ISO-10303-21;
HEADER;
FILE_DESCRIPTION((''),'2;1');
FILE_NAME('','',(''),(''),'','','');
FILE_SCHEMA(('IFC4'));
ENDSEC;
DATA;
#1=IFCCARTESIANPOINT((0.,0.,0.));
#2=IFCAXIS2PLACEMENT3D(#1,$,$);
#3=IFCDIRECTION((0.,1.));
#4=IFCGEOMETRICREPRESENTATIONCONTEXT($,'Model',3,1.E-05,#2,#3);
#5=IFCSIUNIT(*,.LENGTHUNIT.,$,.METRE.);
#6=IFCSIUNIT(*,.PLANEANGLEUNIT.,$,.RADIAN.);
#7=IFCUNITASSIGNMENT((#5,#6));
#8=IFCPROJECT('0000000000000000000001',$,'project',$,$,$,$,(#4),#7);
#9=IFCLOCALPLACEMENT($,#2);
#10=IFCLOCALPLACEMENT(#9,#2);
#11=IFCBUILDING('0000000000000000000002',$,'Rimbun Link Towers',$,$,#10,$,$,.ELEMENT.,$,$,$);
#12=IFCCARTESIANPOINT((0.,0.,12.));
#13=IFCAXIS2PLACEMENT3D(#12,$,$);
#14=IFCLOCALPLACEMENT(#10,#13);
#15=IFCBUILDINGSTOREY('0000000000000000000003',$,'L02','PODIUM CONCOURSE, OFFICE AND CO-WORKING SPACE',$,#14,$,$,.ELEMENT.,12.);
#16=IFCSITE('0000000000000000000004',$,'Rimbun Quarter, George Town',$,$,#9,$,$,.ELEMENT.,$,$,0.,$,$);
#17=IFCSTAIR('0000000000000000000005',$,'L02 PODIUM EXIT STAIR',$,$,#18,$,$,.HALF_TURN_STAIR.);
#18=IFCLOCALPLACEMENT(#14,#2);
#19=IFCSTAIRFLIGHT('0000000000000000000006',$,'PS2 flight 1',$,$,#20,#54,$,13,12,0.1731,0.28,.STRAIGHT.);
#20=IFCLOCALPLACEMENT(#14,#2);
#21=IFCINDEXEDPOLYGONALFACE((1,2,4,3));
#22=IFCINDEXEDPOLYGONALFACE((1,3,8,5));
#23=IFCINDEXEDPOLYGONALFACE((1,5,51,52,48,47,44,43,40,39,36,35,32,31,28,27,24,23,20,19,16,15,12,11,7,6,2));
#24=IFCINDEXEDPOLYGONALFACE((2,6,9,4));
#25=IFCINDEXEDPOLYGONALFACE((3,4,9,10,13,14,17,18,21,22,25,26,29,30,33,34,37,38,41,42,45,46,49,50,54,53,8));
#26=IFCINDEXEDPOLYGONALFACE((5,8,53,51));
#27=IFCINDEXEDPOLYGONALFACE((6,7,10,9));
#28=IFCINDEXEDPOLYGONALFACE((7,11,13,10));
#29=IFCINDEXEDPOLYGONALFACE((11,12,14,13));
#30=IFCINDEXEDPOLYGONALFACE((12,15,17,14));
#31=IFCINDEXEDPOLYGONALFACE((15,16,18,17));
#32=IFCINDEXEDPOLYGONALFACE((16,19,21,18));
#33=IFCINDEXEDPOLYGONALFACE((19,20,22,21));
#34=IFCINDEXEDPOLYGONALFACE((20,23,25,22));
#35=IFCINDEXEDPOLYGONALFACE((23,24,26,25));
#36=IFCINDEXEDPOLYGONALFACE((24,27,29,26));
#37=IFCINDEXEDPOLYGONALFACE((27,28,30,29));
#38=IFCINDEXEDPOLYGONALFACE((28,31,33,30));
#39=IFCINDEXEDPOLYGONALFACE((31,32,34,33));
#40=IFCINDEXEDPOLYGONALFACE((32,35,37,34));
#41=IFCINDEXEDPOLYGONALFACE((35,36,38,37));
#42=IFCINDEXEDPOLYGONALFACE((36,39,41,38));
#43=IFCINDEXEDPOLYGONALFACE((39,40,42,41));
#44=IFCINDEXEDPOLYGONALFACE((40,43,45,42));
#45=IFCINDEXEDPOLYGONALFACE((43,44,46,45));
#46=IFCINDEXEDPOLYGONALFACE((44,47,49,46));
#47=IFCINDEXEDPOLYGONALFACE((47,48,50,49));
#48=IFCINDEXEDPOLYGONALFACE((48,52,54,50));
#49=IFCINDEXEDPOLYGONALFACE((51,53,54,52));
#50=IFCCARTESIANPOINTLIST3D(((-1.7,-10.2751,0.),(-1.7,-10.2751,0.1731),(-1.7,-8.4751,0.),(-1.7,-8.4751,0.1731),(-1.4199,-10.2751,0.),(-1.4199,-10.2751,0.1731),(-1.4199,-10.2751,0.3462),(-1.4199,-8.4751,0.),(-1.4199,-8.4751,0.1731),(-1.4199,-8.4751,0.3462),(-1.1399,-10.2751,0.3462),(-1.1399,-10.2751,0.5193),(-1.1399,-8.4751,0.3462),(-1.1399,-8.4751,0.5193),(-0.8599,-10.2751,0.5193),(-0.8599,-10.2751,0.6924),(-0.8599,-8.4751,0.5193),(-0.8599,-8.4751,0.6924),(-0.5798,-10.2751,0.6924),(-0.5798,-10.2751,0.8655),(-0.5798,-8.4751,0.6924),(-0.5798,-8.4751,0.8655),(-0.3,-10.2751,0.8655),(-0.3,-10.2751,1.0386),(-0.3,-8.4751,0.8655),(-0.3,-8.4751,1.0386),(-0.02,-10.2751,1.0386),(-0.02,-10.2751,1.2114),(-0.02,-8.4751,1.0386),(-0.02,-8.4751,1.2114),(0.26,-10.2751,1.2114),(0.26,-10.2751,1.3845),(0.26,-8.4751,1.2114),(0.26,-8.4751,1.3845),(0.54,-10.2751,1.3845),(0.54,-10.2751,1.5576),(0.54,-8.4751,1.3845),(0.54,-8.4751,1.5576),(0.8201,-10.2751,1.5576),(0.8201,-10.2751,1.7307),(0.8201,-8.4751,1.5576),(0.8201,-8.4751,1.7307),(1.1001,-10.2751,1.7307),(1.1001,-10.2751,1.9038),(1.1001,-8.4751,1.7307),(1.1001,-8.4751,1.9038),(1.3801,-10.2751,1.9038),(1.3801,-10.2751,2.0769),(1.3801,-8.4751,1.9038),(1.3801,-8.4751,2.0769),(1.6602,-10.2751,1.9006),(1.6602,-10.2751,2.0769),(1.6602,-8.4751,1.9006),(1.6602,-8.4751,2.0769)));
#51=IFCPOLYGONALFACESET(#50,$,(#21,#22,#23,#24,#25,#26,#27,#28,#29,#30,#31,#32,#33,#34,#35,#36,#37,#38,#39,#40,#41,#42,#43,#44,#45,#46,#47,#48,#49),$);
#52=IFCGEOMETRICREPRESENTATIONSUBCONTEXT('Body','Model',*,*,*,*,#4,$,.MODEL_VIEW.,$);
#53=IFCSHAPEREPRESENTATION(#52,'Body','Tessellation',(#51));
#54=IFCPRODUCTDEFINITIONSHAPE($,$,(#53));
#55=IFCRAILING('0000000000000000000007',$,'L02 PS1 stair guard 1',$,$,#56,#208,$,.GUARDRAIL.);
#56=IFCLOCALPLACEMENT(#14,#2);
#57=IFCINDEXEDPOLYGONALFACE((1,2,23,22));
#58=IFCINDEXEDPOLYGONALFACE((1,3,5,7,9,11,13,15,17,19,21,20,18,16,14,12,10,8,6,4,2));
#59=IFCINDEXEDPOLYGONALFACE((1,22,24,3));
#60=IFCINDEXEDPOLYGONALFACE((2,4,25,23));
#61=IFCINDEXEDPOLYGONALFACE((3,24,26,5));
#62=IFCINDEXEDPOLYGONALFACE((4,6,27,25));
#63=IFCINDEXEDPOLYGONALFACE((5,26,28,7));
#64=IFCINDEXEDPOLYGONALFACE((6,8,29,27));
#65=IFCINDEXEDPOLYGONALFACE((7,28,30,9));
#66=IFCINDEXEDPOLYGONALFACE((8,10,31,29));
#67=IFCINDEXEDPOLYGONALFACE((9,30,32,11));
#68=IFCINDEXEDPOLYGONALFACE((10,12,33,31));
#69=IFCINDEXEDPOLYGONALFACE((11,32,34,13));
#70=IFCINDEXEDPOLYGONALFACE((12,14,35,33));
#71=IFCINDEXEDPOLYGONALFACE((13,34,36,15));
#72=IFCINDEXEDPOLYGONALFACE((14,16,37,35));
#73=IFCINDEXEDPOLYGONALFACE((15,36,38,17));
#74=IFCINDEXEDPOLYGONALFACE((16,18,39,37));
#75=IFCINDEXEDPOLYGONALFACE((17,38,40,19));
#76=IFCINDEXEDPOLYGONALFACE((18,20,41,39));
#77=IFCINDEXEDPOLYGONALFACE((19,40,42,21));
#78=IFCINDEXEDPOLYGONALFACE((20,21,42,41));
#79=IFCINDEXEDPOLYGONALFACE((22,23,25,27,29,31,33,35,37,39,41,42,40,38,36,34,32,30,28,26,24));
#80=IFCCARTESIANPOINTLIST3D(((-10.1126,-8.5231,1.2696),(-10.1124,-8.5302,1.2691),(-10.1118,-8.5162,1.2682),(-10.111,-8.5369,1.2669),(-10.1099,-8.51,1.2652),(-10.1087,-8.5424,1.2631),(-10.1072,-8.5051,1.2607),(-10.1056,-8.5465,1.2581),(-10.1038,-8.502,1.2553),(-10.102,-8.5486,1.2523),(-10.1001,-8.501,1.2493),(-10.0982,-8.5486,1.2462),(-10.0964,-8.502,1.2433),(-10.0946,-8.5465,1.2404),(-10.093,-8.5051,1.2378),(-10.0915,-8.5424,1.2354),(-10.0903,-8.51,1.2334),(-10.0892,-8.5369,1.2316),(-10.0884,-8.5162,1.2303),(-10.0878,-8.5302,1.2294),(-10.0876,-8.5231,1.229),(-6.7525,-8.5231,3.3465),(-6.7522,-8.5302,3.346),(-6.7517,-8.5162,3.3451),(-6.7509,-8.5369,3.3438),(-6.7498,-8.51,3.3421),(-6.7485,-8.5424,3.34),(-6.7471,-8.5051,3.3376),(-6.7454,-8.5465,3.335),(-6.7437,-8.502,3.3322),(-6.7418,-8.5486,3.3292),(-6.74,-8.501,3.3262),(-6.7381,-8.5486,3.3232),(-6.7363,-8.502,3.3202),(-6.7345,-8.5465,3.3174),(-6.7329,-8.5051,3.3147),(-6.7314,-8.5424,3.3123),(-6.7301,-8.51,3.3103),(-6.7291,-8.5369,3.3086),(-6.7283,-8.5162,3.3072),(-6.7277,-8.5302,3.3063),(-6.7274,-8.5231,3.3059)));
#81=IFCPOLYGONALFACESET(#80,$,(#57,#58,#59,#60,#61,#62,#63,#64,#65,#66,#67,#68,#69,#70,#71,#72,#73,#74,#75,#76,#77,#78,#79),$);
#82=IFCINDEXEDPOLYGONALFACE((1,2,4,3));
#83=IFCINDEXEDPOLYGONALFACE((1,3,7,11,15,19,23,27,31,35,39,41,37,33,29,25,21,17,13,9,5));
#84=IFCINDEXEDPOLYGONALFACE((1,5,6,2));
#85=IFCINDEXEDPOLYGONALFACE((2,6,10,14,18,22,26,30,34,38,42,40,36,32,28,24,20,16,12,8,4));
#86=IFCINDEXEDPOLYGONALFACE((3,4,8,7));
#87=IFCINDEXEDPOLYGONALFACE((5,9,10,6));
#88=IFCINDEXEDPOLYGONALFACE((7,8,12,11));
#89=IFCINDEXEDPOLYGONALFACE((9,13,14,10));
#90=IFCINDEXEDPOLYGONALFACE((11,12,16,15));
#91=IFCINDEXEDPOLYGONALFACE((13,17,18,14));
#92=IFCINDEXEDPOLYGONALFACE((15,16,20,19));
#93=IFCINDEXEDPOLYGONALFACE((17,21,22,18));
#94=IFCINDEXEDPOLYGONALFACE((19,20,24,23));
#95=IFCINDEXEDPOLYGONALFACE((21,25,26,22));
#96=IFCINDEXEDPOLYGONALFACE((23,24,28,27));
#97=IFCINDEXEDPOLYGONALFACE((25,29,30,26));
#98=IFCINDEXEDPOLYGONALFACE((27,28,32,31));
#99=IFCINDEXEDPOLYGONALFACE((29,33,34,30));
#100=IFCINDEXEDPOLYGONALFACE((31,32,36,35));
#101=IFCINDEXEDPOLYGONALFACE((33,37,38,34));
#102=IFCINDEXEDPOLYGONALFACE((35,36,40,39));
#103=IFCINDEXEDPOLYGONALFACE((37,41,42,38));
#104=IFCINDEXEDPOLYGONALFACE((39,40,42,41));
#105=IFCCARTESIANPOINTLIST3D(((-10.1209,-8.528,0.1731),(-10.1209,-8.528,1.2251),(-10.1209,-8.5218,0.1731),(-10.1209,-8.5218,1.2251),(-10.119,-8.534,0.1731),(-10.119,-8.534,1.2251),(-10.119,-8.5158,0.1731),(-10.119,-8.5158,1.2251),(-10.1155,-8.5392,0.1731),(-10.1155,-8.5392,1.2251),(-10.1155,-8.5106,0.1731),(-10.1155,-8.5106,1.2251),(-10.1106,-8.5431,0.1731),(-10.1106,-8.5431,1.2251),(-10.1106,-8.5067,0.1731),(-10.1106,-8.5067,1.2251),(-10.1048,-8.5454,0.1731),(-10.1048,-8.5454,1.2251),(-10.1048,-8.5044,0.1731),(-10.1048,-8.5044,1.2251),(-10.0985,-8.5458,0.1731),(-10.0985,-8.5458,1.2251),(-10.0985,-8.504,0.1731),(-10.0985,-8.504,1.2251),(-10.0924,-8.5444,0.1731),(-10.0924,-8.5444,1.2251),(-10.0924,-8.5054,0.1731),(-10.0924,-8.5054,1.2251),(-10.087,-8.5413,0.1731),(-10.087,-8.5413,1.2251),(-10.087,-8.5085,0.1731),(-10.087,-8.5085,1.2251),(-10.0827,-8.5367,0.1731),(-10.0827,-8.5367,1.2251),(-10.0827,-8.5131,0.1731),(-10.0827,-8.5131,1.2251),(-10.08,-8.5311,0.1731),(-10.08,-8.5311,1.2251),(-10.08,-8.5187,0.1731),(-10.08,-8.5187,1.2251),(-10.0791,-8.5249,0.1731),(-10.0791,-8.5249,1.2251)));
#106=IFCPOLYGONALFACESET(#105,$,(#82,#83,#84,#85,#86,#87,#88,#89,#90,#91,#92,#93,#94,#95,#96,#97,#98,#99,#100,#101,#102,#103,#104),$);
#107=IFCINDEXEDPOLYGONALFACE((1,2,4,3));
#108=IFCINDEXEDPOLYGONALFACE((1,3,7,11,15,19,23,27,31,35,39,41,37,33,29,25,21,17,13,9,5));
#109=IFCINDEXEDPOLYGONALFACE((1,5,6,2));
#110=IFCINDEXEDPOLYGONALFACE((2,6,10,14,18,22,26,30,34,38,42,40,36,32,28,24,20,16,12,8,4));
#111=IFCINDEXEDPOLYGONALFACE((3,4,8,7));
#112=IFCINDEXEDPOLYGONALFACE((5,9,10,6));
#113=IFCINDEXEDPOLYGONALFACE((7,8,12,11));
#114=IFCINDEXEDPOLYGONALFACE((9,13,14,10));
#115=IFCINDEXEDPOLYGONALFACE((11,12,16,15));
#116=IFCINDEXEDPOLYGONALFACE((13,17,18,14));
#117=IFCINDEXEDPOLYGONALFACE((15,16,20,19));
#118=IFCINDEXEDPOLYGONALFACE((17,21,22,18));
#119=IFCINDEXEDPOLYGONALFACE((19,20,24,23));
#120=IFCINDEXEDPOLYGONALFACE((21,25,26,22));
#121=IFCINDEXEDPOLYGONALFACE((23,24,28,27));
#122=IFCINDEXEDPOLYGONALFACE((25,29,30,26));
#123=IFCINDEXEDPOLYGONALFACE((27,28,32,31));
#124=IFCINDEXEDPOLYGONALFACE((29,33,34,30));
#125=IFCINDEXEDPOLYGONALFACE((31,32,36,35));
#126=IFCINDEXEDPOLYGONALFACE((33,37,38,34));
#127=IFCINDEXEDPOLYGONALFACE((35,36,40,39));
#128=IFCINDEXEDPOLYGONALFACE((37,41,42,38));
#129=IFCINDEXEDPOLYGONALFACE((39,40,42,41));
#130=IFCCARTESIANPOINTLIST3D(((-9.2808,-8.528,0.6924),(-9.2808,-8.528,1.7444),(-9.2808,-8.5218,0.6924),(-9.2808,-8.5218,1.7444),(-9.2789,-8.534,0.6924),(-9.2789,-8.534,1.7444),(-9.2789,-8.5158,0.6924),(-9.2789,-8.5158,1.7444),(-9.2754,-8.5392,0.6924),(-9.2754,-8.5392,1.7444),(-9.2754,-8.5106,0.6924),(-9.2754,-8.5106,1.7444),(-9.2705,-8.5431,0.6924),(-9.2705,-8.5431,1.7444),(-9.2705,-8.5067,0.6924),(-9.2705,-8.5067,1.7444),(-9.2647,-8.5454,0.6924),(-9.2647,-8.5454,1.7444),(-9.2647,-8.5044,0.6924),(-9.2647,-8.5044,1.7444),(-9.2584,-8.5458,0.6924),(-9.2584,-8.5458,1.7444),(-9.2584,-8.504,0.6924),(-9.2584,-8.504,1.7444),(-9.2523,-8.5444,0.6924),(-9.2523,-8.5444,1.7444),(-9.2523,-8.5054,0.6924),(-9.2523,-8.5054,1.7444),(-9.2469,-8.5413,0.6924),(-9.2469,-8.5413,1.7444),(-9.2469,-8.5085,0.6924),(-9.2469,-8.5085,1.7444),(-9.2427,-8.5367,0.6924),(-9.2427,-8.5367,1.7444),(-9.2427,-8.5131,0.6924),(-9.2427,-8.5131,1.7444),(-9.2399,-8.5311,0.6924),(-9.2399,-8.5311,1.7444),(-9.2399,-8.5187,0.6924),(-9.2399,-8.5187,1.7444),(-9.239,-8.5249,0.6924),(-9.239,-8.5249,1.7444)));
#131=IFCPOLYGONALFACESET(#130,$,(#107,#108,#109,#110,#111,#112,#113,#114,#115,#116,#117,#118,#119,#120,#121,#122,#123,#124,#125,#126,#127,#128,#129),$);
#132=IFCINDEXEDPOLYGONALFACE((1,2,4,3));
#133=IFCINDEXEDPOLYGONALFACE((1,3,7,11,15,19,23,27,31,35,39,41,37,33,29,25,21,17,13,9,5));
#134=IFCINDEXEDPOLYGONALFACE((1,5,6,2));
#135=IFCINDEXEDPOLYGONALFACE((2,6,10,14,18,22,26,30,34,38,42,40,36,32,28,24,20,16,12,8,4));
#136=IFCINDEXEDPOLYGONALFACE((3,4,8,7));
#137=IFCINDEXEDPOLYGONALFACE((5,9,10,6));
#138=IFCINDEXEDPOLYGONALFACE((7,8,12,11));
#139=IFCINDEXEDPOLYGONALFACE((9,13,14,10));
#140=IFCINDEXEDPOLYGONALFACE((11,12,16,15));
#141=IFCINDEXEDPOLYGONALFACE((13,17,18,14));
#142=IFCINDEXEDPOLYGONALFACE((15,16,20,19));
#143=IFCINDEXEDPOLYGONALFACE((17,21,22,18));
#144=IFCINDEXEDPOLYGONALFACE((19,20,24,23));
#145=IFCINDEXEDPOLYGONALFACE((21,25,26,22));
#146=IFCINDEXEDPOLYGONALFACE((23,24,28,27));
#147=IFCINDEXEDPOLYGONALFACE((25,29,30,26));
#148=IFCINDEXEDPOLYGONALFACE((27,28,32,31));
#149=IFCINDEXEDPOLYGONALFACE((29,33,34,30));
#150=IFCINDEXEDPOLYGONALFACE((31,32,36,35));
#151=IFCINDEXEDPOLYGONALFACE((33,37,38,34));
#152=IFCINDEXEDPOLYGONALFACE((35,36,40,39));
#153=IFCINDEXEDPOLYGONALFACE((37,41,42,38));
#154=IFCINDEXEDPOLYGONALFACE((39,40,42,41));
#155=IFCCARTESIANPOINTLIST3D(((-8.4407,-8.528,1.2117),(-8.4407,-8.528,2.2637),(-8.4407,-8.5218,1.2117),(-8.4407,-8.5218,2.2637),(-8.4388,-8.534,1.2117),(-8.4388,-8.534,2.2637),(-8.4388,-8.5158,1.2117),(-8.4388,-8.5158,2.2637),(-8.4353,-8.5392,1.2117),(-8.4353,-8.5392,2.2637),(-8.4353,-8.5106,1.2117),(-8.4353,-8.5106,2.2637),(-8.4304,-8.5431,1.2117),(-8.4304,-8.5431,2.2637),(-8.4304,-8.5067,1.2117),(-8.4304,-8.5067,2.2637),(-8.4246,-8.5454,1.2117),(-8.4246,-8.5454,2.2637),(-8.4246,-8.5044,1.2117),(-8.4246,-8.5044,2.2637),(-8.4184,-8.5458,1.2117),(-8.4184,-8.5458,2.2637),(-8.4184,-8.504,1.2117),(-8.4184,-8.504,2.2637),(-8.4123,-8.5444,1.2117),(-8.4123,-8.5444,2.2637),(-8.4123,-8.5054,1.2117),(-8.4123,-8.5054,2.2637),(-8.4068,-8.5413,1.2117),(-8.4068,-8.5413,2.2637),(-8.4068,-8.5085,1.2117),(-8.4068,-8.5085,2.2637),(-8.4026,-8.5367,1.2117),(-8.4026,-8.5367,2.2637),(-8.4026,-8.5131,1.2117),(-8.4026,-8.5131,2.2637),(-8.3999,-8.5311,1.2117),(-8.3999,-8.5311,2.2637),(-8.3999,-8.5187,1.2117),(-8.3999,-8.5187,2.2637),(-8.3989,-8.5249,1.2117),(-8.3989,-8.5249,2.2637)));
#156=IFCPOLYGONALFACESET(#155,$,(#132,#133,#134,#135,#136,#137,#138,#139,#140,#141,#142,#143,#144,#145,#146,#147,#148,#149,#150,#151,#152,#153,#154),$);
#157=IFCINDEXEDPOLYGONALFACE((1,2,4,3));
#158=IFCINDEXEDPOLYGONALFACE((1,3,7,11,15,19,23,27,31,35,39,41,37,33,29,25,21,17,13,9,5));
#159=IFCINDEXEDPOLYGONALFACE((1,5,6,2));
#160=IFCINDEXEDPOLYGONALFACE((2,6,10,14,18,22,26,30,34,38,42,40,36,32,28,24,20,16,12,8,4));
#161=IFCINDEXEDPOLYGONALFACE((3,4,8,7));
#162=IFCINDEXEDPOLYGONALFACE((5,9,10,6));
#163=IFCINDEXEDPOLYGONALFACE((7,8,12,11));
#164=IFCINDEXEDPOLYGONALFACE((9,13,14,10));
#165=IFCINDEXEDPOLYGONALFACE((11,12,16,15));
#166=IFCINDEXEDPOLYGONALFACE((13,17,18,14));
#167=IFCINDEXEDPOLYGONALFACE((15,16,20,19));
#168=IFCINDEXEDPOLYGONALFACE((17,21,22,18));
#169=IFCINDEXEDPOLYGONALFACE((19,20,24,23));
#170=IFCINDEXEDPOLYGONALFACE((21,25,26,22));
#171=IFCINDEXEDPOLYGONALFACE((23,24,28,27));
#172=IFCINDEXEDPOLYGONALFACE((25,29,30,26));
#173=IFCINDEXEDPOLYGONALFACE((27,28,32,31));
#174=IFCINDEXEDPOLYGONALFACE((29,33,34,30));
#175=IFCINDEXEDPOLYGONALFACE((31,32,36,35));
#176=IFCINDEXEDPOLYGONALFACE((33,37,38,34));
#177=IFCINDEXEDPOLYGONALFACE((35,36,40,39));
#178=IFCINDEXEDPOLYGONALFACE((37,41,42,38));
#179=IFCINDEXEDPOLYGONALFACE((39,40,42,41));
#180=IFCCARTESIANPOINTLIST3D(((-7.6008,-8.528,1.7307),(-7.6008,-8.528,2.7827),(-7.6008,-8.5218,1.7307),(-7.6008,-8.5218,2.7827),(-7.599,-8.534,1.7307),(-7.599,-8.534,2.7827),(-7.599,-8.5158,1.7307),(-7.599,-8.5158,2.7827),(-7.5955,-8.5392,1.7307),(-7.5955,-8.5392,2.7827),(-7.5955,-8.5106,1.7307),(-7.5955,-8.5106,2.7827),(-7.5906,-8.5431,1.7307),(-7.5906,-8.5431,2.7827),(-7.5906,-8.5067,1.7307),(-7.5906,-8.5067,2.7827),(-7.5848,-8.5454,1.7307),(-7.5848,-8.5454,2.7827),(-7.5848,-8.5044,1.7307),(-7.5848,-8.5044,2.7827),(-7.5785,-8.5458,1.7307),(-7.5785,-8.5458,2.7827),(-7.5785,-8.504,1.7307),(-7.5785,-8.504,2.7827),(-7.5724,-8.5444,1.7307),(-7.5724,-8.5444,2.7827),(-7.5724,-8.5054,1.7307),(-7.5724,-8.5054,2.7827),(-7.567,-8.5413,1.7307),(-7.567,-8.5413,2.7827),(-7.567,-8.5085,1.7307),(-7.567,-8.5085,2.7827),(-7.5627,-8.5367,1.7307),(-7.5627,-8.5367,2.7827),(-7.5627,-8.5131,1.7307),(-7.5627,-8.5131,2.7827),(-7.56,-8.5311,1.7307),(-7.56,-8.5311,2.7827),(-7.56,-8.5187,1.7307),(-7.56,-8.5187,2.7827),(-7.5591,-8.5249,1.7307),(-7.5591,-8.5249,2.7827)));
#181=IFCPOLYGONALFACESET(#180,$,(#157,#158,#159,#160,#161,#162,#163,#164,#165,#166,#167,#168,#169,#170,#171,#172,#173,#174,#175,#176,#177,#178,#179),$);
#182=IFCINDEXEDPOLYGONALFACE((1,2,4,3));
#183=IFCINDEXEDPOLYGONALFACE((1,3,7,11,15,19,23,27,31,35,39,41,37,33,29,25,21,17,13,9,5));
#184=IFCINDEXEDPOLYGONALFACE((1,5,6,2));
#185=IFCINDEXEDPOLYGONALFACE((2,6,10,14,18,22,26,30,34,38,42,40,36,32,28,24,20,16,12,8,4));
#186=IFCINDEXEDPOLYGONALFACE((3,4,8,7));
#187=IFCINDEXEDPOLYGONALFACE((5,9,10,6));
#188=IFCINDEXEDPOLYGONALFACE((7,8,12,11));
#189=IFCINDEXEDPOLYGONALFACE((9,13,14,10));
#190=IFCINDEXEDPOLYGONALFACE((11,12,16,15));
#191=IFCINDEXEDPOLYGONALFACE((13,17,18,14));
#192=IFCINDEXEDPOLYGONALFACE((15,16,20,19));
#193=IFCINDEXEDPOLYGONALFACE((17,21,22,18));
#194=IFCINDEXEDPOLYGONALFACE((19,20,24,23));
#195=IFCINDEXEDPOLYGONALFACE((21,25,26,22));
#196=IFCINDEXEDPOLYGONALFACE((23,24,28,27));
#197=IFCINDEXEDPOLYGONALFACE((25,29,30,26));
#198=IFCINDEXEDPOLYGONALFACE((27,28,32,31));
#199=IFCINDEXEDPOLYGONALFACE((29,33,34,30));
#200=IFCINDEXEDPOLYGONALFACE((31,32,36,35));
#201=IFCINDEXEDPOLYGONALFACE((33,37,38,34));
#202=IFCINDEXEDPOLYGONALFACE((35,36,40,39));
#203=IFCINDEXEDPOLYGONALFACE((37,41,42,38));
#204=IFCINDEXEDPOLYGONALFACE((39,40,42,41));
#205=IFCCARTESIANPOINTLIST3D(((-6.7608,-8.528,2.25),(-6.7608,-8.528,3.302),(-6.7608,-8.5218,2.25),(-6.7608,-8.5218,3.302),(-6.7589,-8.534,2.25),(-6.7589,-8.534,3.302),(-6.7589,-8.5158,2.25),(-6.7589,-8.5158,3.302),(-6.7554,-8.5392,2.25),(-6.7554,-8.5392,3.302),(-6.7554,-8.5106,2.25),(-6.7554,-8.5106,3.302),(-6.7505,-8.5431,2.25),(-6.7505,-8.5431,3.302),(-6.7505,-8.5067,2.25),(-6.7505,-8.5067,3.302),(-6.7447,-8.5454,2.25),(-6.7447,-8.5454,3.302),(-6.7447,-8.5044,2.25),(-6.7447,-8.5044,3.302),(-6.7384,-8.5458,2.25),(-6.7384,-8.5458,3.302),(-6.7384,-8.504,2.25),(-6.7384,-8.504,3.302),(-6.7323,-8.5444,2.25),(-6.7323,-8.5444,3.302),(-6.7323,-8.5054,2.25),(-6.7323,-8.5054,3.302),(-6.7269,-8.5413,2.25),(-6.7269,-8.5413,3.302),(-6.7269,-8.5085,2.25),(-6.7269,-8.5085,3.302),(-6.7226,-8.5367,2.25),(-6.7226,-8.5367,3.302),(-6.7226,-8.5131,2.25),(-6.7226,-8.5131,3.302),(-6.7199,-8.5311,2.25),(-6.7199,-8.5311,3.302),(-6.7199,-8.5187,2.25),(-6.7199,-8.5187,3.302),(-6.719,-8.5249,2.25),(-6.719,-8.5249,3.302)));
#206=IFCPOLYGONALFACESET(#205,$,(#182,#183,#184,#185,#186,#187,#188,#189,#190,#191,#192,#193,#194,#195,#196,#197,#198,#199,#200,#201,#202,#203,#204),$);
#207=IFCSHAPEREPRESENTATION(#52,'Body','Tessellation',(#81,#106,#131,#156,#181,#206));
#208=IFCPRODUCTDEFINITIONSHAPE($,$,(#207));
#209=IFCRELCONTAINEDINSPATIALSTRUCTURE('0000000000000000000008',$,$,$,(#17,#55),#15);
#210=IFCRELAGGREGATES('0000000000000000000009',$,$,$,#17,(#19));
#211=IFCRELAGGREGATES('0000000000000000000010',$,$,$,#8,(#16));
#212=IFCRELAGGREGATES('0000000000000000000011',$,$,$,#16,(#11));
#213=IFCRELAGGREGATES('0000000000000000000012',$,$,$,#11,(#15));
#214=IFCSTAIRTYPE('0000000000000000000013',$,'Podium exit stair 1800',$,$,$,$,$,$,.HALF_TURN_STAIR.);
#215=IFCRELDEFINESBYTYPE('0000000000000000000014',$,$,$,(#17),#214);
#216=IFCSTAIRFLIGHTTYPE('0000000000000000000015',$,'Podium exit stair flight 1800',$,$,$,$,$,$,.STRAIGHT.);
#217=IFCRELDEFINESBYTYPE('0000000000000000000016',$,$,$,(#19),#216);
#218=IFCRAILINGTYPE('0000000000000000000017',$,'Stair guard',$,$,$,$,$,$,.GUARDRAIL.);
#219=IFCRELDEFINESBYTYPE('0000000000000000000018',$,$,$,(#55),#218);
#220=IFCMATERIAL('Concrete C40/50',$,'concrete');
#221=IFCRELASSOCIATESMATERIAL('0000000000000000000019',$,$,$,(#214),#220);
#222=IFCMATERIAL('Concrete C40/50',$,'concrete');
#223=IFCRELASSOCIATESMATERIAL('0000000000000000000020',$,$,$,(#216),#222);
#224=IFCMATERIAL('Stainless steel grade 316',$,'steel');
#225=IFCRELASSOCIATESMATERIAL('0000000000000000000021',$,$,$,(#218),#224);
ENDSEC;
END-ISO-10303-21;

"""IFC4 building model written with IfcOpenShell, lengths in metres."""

from ifc_helpers import new_model, si_unit, direction, frame, origin, origin_2d, place, context, subcontext, project, spatial, polyline, circle, outline, extrude, material, type_object, element, aggregate, save


model = new_model("IFC4")

# Units and contexts
model_context = context("Model", 3, precision=1e-05, world=origin(), true_north=direction((0.0, 1.0)))
body_context = subcontext(model_context, "Body", "Model", "MODEL_VIEW")
ifc_project = project(units=[si_unit("LENGTHUNIT", "METRE"), si_unit("PLANEANGLEUNIT", "RADIAN")], contexts=[model_context])

# Site, building, storey
site_placement = place(None, origin())
site = spatial("IfcSite", under=ifc_project, at=site_placement, Name="Rimbun Quarter, George Town", CompositionType="ELEMENT", RefElevation=0.0)
building_placement = place(site_placement, origin())
building = spatial("IfcBuilding", under=site, at=building_placement, Name="Rimbun Link Towers", CompositionType="ELEMENT")
storey_placement = place(building_placement, frame((0.0, 0.0, 12.0)))
storey = spatial("IfcBuildingStorey", under=building, at=storey_placement, Name="L02", Description="PODIUM CONCOURSE, OFFICE AND CO-WORKING SPACE", CompositionType="ELEMENT", Elevation=12.0)

# Shared definitions
ifc_material_1 = material(Name="Concrete C40/50", Category="concrete")
stair_type = type_object("IfcStairType", Name="Podium exit stair 1800", PredefinedType="HALF_TURN_STAIR", material=ifc_material_1)
ifc_material_2 = material(Name="Concrete C40/50", Category="concrete")
stair_flight_type = type_object("IfcStairFlightType", Name="Podium exit stair flight 1800", PredefinedType="STRAIGHT", material=ifc_material_2)

# Stair, stair flight
stair_1_placement = place(storey_placement, origin())
stair_1 = element("IfcStair", 1, at=stair_1_placement, inside=storey, type_object=stair_type, Name="L02 PODIUM EXIT STAIR", PredefinedType="HALF_TURN_STAIR")
stair_flight_1_placement = place(storey_placement, frame((-1.7, -9.375, 0.0), z_axis=(0.0, 0.0, 1.0), x_axis=(1.0, 0.0, 0.0)))
stair_flight_1 = element("IfcStairFlight", 2, at=stair_flight_1_placement, type_object=stair_flight_type, Name="PS2 flight 1", NumberOfRisers=13, NumberOfTreads=12, PredefinedType="STRAIGHT", RiserHeight=0.1731, TreadLength=0.28, context=body_context, shape_type="SweptSolid", body=[
    extrude(outline(polyline([(0.0, 0.0), (0.0, 0.1731), (0.28, 0.1731), (0.28, 0.3462), (0.5601, 0.3462), (0.5601, 0.5193), (0.8401, 0.5193), (0.8401, 0.6924), (1.1201, 0.6924), (1.1201, 0.8655), (1.3999, 0.8655), (1.3999, 1.0386), (1.6799, 1.0386), (1.6799, 1.2114), (1.96, 1.2114), (1.96, 1.3845), (2.24, 1.3845), (2.24, 1.5576), (2.52, 1.5576), (2.52, 1.7307), (2.8, 1.7307), (2.8, 1.9038), (3.0801, 1.9038), (3.0801, 2.0769), (3.3601, 2.0769), (3.3601, 2.25), (3.3601, 1.9006), (0.28, 0.0), (0.0, 0.0)])), frame((0.0, 0.8999, 0.0), z_axis=(0.0, -1.0, 0.0), x_axis=(1.0, 0.0, 0.0)), (0.0, 0.0, 1.0), 1.8),
])
aggregate(stair_1, [stair_flight_1])

# Railing
ifc_material_3 = material(Name="Stainless steel grade 316", Category="steel")
railing_type_1 = type_object("IfcRailingType", Name="Stair guard", PredefinedType="GUARDRAIL", material=ifc_material_3)
railing_1_placement = place(storey_placement, frame((-10.1001, -8.5249, 0.1731)))
element("IfcRailing", 3, at=railing_1_placement, inside=storey, type_object=railing_type_1, Name="L02 PS1 stair guard 1", PredefinedType="GUARDRAIL", context=body_context, shape_type="SweptSolid", body=[
    extrude(circle(Radius=0.0239, at=origin_2d()), frame((0.0, 0.0, 1.0762), z_axis=(0.850623, 0.0, 0.525776), x_axis=(0.0, 1.0, 0.0)), (0.0, 0.0, 1.0), 3.9502),
    extrude(circle(Radius=0.021, at=origin_2d()), origin(), (0.0, 0.0, 1.0), 1.052),
    extrude(circle(Radius=0.021, at=origin_2d()), frame((0.8401, 0.0, 0.5193)), (0.0, 0.0, 1.0), 1.052),
    extrude(circle(Radius=0.021, at=origin_2d()), frame((1.6802, 0.0, 1.0386)), (0.0, 0.0, 1.0), 1.052),
    extrude(circle(Radius=0.021, at=origin_2d()), frame((2.52, 0.0, 1.5576)), (0.0, 0.0, 1.0), 1.052),
    extrude(circle(Radius=0.021, at=origin_2d()), frame((3.3601, 0.0, 2.0769)), (0.0, 0.0, 1.0), 1.052),
])

save(model, "model.ifc")
